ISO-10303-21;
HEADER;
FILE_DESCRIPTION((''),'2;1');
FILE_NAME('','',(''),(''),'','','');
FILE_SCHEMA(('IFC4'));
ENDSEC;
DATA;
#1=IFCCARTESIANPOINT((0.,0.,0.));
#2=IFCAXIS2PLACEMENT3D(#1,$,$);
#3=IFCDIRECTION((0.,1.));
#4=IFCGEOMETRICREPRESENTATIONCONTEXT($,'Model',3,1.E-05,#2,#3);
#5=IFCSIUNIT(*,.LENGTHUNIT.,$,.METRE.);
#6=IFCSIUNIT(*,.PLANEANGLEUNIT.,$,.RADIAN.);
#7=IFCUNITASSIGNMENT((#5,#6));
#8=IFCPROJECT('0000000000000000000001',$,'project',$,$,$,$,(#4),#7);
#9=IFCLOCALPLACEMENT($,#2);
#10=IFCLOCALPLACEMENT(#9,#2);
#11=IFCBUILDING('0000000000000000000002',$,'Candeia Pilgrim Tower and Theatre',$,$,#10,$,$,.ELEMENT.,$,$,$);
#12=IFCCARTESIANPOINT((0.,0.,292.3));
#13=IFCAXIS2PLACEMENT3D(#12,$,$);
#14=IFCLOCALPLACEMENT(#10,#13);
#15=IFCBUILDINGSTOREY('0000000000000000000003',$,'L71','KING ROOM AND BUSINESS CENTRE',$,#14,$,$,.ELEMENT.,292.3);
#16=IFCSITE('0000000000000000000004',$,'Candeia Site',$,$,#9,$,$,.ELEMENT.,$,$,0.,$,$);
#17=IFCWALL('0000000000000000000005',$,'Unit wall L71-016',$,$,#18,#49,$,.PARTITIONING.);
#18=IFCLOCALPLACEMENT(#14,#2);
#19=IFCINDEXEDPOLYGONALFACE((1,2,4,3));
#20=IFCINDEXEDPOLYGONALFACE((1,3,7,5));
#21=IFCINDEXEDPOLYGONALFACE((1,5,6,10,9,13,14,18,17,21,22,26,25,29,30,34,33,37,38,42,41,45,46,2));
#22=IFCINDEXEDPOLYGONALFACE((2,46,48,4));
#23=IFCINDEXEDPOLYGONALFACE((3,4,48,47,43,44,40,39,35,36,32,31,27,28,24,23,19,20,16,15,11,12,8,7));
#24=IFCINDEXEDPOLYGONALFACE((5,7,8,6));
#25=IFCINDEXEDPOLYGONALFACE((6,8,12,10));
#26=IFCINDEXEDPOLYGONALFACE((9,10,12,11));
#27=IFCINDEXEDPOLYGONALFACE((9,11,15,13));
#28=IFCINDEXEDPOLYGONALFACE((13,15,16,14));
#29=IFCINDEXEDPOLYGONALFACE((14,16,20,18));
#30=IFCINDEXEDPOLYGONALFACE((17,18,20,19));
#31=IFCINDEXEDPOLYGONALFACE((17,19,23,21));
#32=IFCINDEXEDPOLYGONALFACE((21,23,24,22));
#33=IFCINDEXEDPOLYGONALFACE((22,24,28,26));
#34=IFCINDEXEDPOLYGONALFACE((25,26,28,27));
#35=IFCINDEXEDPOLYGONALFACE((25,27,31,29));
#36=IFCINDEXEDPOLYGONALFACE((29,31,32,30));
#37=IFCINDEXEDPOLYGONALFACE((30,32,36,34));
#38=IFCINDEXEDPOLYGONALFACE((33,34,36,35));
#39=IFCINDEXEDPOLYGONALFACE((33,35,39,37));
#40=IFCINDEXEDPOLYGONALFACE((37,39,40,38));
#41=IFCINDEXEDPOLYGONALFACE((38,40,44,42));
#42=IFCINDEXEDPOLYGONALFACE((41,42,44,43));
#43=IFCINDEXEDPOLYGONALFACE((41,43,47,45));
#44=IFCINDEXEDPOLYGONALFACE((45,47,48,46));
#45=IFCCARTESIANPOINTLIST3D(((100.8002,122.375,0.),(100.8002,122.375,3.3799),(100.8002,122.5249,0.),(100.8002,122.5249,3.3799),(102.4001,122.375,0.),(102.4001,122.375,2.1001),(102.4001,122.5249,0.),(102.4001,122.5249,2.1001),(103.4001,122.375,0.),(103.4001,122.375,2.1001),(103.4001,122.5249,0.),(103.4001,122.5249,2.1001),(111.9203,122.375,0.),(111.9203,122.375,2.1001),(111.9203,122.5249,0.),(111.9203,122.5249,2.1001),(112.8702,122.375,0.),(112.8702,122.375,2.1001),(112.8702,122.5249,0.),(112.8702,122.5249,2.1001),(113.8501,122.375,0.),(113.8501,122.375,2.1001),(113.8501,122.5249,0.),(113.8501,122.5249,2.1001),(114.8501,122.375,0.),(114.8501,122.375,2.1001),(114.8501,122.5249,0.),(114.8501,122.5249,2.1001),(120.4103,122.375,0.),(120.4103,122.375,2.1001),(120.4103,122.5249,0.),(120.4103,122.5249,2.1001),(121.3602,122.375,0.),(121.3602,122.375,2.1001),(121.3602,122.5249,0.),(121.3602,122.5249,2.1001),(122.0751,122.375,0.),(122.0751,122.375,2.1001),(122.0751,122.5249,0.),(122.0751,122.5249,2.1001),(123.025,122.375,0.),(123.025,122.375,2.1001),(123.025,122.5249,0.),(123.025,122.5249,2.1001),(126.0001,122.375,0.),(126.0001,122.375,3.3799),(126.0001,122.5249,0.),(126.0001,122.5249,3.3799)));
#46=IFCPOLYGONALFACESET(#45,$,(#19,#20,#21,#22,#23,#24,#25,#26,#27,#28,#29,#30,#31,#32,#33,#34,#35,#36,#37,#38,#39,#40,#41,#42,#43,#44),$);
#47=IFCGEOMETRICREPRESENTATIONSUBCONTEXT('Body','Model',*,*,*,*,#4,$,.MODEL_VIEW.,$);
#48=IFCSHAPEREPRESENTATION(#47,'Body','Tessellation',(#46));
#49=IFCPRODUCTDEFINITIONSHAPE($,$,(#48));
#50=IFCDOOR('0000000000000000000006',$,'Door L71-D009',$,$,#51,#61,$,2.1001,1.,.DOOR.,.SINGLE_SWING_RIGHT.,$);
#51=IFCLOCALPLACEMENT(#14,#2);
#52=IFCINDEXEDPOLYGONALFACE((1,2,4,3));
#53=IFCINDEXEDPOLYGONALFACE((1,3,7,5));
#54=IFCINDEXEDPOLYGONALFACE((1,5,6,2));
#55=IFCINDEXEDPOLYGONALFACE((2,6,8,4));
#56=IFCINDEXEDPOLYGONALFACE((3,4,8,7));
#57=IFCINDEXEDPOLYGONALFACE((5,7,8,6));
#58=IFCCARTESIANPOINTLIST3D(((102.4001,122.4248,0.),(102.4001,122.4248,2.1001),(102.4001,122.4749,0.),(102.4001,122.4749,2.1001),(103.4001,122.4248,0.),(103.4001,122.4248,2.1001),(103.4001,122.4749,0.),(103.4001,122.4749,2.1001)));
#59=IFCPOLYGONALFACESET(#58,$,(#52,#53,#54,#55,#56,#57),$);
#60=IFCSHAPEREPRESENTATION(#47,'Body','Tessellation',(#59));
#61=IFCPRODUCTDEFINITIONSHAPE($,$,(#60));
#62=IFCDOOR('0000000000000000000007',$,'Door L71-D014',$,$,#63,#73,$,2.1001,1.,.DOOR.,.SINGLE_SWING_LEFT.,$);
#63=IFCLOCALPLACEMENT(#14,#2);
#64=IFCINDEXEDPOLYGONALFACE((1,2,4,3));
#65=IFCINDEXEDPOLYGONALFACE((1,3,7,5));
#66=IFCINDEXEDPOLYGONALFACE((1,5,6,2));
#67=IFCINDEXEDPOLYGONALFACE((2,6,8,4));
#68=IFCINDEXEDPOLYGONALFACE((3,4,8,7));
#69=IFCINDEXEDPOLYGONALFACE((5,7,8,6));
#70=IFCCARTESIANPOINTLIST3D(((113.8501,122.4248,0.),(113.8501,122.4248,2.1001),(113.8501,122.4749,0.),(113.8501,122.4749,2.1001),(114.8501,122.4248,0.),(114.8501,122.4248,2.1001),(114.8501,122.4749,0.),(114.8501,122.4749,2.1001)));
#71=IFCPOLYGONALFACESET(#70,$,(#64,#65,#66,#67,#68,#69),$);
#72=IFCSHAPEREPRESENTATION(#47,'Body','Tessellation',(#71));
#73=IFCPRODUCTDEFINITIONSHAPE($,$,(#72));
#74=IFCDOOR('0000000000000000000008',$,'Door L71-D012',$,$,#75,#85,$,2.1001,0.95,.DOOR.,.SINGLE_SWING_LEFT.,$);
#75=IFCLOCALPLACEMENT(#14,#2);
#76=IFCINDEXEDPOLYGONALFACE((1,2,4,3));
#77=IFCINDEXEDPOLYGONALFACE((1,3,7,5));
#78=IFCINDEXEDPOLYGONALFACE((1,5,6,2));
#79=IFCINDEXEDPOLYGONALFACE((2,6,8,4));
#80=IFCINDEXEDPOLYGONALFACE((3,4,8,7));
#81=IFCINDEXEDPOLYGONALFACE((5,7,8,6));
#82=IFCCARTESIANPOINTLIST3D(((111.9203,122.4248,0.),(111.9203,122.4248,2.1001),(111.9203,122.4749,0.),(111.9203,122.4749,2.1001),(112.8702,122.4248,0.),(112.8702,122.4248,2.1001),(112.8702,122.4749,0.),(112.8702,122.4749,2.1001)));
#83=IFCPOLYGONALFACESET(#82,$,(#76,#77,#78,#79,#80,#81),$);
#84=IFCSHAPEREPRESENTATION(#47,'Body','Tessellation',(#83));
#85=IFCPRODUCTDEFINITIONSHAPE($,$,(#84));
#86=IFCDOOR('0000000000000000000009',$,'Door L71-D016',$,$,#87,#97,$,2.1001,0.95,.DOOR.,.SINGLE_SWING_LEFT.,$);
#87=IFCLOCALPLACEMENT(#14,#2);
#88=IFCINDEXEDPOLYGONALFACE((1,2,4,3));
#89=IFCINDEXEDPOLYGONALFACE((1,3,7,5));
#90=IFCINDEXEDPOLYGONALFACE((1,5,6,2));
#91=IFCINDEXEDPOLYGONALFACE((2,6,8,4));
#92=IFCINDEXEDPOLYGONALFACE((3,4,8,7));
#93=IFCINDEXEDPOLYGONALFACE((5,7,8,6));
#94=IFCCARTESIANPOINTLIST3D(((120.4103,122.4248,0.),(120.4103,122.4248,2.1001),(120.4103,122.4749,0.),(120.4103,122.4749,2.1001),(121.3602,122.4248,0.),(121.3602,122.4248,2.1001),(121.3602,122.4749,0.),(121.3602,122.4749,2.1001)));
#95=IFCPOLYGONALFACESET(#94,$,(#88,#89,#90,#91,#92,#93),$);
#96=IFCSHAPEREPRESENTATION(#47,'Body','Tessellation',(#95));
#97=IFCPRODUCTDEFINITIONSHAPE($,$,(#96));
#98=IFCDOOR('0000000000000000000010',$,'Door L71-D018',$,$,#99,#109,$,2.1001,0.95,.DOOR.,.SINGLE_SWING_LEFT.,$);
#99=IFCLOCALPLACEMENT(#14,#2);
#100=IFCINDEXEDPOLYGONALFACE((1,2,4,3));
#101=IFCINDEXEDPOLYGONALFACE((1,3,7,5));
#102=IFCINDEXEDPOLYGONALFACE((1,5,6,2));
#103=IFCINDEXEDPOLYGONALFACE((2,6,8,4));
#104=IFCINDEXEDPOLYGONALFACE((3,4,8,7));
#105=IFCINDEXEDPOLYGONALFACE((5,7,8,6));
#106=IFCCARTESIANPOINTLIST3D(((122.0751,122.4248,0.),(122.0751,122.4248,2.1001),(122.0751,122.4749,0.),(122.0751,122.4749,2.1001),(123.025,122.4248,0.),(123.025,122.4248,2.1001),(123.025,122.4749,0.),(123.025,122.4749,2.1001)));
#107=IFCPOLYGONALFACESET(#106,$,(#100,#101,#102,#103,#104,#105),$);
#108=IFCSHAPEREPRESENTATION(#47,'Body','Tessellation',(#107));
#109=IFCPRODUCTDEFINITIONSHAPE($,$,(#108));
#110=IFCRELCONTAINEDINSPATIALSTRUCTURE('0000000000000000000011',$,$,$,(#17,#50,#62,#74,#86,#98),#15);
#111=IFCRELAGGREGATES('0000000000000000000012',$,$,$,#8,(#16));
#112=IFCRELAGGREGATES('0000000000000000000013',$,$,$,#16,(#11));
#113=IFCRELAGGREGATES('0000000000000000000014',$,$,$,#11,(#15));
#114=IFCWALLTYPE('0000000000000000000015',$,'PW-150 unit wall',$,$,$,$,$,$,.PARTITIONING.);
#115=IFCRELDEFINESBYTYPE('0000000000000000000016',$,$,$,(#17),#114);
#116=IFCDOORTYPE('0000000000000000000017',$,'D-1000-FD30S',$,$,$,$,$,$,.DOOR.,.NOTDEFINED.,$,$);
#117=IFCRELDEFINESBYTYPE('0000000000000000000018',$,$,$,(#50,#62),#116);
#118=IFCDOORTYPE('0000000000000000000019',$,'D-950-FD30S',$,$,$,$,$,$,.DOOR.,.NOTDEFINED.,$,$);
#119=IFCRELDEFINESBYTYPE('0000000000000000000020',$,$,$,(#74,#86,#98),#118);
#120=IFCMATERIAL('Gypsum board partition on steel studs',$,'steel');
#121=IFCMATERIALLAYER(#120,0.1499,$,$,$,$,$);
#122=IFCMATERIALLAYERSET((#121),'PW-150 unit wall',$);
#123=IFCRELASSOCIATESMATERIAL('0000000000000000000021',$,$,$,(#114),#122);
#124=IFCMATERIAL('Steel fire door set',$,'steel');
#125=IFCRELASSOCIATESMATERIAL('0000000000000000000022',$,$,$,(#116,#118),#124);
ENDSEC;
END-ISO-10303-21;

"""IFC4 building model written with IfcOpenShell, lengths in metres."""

from ifc_helpers import new_model, si_unit, direction, frame, frame_2d, origin, place, context, subcontext, project, spatial, rectangle, extrude, material, layer, layer_set, type_object, element, fill, save


model = new_model("IFC4")

# Units and contexts
model_context = context("Model", 3, precision=1e-05, world=origin(), true_north=direction((0.0, 1.0)))
body_context = subcontext(model_context, "Body", "Model", "MODEL_VIEW")
ifc_project = project(units=[si_unit("LENGTHUNIT", "METRE"), si_unit("PLANEANGLEUNIT", "RADIAN")], contexts=[model_context])

# Site, building, storey
site_placement = place(None, origin())
site = spatial("IfcSite", under=ifc_project, at=site_placement, Name="Candeia Site", CompositionType="ELEMENT", RefElevation=0.0)
building_placement = place(site_placement, origin())
building = spatial("IfcBuilding", under=site, at=building_placement, Name="Candeia Pilgrim Tower and Theatre", CompositionType="ELEMENT")
storey_placement = place(building_placement, frame((0.0, 0.0, 292.3)))
storey = spatial("IfcBuildingStorey", under=building, at=storey_placement, Name="L71", Description="KING ROOM AND BUSINESS CENTRE", CompositionType="ELEMENT", Elevation=292.3)

# Shared definitions
ifc_material_1 = material(Name="Gypsum board partition on steel studs", Category="steel")

# Wall, openings, doors
ifc_layer_1 = layer(ifc_material_1, 0.1499)
ifc_layer_set_1 = layer_set([ifc_layer_1], Name="PW-150 unit wall")
wall_type_1 = type_object("IfcWallType", Name="PW-150 unit wall", PredefinedType="PARTITIONING", material=ifc_layer_set_1)
wall_1_placement = place(storey_placement, frame((100.8, 122.45, 0.0), z_axis=(0.0, 0.0, 1.0), x_axis=(1.0, 0.0, 0.0)))
wall_1 = element("IfcWall", 1, at=wall_1_placement, inside=storey, type_object=wall_type_1, Name="Unit wall L71-016", PredefinedType="PARTITIONING", context=body_context, shape_type="SweptSolid", body=[
    extrude(rectangle(XDim=25.2, YDim=0.1499, at=frame_2d((12.6001, 0.0))), origin(), (0.0, 0.0, 1.0), 3.3799),
])
opening_1_placement = place(wall_1_placement, frame((1.6001, 0.0, 0.0)))
opening_1 = element("IfcOpeningElement", 2, at=opening_1_placement, cuts=wall_1, PredefinedType="OPENING", context=body_context, shape_type="SweptSolid", body=[
    extrude(rectangle(XDim=1.0, YDim=2.1001, at=frame_2d((0.5, 1.05))), frame((0.0, 0.085, 0.0), z_axis=(0.0, -1.0, 0.0), x_axis=(1.0, 0.0, 0.0)), (0.0, 0.0, 1.0), 0.1699),
])
opening_2_placement = place(wall_1_placement, frame((11.1201, 0.0, 0.0)))
opening_2 = element("IfcOpeningElement", 3, at=opening_2_placement, cuts=wall_1, PredefinedType="OPENING", context=body_context, shape_type="SweptSolid", body=[
    extrude(rectangle(XDim=0.95, YDim=2.1001, at=frame_2d((0.4751, 1.05))), frame((0.0, 0.085, 0.0), z_axis=(0.0, -1.0, 0.0), x_axis=(1.0, 0.0, 0.0)), (0.0, 0.0, 1.0), 0.1699),
])
opening_3_placement = place(wall_1_placement, frame((13.05, 0.0, 0.0)))
opening_3 = element("IfcOpeningElement", 4, at=opening_3_placement, cuts=wall_1, PredefinedType="OPENING", context=body_context, shape_type="SweptSolid", body=[
    extrude(rectangle(XDim=1.0, YDim=2.1001, at=frame_2d((0.5, 1.05))), frame((0.0, 0.085, 0.0), z_axis=(0.0, -1.0, 0.0), x_axis=(1.0, 0.0, 0.0)), (0.0, 0.0, 1.0), 0.1699),
])
opening_4_placement = place(wall_1_placement, frame((19.6101, 0.0, 0.0)))
opening_4 = element("IfcOpeningElement", 5, at=opening_4_placement, cuts=wall_1, PredefinedType="OPENING", context=body_context, shape_type="SweptSolid", body=[
    extrude(rectangle(XDim=0.95, YDim=2.1001, at=frame_2d((0.4751, 1.05))), frame((0.0, 0.085, 0.0), z_axis=(0.0, -1.0, 0.0), x_axis=(1.0, 0.0, 0.0)), (0.0, 0.0, 1.0), 0.1699),
])
opening_5_placement = place(wall_1_placement, frame((21.2749, 0.0, 0.0)))
opening_5 = element("IfcOpeningElement", 6, at=opening_5_placement, cuts=wall_1, PredefinedType="OPENING", context=body_context, shape_type="SweptSolid", body=[
    extrude(rectangle(XDim=0.95, YDim=2.1001, at=frame_2d((0.4751, 1.05))), frame((0.0, 0.085, 0.0), z_axis=(0.0, -1.0, 0.0), x_axis=(1.0, 0.0, 0.0)), (0.0, 0.0, 1.0), 0.1699),
])
ifc_material_2 = material(Name="Steel fire door set", Category="steel")
door_type_1 = type_object("IfcDoorType", Name="D-1000-FD30S", OperationType="NOTDEFINED", PredefinedType="DOOR", material=ifc_material_2)
door_1_placement = place(opening_1_placement, origin())
door_1 = element("IfcDoor", 7, at=door_1_placement, inside=storey, type_object=door_type_1, Name="Door L71-D009", OperationType="SINGLE_SWING_RIGHT", OverallHeight=2.1001, OverallWidth=1.0, PredefinedType="DOOR", context=body_context, shape_type="SweptSolid", body=[
    extrude(rectangle(XDim=1.0, YDim=2.1001, at=frame_2d((0.5, 1.05))), frame((0.0, 0.0249, 0.0), z_axis=(0.0, -1.0, 0.0), x_axis=(1.0, 0.0, 0.0)), (0.0, 0.0, 1.0), 0.05),
])
fill(opening_1, door_1)
door_2_placement = place(opening_3_placement, origin())
door_2 = element("IfcDoor", 8, at=door_2_placement, inside=storey, type_object=door_type_1, Name="Door L71-D014", OperationType="SINGLE_SWING_LEFT", OverallHeight=2.1001, OverallWidth=1.0, PredefinedType="DOOR", context=body_context, shape_type="SweptSolid", body=[
    extrude(rectangle(XDim=1.0, YDim=2.1001, at=frame_2d((0.5, 1.05))), frame((0.0, 0.0249, 0.0), z_axis=(0.0, -1.0, 0.0), x_axis=(1.0, 0.0, 0.0)), (0.0, 0.0, 1.0), 0.05),
])
fill(opening_3, door_2)
door_type_2 = type_object("IfcDoorType", Name="D-950-FD30S", OperationType="NOTDEFINED", PredefinedType="DOOR", material=ifc_material_2)
door_3_placement = place(opening_2_placement, origin())
door_3 = element("IfcDoor", 9, at=door_3_placement, inside=storey, type_object=door_type_2, Name="Door L71-D012", OperationType="SINGLE_SWING_LEFT", OverallHeight=2.1001, OverallWidth=0.95, PredefinedType="DOOR", context=body_context, shape_type="SweptSolid", body=[
    extrude(rectangle(XDim=0.95, YDim=2.1001, at=frame_2d((0.4751, 1.05))), frame((0.0, 0.0249, 0.0), z_axis=(0.0, -1.0, 0.0), x_axis=(1.0, 0.0, 0.0)), (0.0, 0.0, 1.0), 0.05),
])
fill(opening_2, door_3)
door_4_placement = place(opening_4_placement, origin())
door_4 = element("IfcDoor", 10, at=door_4_placement, inside=storey, type_object=door_type_2, Name="Door L71-D016", OperationType="SINGLE_SWING_LEFT", OverallHeight=2.1001, OverallWidth=0.95, PredefinedType="DOOR", context=body_context, shape_type="SweptSolid", body=[
    extrude(rectangle(XDim=0.95, YDim=2.1001, at=frame_2d((0.4751, 1.05))), frame((0.0, 0.0249, 0.0), z_axis=(0.0, -1.0, 0.0), x_axis=(1.0, 0.0, 0.0)), (0.0, 0.0, 1.0), 0.05),
])
fill(opening_4, door_4)
door_5_placement = place(opening_5_placement, origin())
door_5 = element("IfcDoor", 11, at=door_5_placement, inside=storey, type_object=door_type_2, Name="Door L71-D018", OperationType="SINGLE_SWING_LEFT", OverallHeight=2.1001, OverallWidth=0.95, PredefinedType="DOOR", context=body_context, shape_type="SweptSolid", body=[
    extrude(rectangle(XDim=0.95, YDim=2.1001, at=frame_2d((0.4751, 1.05))), frame((0.0, 0.0249, 0.0), z_axis=(0.0, -1.0, 0.0), x_axis=(1.0, 0.0, 0.0)), (0.0, 0.0, 1.0), 0.05),
])
fill(opening_5, door_5)

save(model, "model.ifc")
